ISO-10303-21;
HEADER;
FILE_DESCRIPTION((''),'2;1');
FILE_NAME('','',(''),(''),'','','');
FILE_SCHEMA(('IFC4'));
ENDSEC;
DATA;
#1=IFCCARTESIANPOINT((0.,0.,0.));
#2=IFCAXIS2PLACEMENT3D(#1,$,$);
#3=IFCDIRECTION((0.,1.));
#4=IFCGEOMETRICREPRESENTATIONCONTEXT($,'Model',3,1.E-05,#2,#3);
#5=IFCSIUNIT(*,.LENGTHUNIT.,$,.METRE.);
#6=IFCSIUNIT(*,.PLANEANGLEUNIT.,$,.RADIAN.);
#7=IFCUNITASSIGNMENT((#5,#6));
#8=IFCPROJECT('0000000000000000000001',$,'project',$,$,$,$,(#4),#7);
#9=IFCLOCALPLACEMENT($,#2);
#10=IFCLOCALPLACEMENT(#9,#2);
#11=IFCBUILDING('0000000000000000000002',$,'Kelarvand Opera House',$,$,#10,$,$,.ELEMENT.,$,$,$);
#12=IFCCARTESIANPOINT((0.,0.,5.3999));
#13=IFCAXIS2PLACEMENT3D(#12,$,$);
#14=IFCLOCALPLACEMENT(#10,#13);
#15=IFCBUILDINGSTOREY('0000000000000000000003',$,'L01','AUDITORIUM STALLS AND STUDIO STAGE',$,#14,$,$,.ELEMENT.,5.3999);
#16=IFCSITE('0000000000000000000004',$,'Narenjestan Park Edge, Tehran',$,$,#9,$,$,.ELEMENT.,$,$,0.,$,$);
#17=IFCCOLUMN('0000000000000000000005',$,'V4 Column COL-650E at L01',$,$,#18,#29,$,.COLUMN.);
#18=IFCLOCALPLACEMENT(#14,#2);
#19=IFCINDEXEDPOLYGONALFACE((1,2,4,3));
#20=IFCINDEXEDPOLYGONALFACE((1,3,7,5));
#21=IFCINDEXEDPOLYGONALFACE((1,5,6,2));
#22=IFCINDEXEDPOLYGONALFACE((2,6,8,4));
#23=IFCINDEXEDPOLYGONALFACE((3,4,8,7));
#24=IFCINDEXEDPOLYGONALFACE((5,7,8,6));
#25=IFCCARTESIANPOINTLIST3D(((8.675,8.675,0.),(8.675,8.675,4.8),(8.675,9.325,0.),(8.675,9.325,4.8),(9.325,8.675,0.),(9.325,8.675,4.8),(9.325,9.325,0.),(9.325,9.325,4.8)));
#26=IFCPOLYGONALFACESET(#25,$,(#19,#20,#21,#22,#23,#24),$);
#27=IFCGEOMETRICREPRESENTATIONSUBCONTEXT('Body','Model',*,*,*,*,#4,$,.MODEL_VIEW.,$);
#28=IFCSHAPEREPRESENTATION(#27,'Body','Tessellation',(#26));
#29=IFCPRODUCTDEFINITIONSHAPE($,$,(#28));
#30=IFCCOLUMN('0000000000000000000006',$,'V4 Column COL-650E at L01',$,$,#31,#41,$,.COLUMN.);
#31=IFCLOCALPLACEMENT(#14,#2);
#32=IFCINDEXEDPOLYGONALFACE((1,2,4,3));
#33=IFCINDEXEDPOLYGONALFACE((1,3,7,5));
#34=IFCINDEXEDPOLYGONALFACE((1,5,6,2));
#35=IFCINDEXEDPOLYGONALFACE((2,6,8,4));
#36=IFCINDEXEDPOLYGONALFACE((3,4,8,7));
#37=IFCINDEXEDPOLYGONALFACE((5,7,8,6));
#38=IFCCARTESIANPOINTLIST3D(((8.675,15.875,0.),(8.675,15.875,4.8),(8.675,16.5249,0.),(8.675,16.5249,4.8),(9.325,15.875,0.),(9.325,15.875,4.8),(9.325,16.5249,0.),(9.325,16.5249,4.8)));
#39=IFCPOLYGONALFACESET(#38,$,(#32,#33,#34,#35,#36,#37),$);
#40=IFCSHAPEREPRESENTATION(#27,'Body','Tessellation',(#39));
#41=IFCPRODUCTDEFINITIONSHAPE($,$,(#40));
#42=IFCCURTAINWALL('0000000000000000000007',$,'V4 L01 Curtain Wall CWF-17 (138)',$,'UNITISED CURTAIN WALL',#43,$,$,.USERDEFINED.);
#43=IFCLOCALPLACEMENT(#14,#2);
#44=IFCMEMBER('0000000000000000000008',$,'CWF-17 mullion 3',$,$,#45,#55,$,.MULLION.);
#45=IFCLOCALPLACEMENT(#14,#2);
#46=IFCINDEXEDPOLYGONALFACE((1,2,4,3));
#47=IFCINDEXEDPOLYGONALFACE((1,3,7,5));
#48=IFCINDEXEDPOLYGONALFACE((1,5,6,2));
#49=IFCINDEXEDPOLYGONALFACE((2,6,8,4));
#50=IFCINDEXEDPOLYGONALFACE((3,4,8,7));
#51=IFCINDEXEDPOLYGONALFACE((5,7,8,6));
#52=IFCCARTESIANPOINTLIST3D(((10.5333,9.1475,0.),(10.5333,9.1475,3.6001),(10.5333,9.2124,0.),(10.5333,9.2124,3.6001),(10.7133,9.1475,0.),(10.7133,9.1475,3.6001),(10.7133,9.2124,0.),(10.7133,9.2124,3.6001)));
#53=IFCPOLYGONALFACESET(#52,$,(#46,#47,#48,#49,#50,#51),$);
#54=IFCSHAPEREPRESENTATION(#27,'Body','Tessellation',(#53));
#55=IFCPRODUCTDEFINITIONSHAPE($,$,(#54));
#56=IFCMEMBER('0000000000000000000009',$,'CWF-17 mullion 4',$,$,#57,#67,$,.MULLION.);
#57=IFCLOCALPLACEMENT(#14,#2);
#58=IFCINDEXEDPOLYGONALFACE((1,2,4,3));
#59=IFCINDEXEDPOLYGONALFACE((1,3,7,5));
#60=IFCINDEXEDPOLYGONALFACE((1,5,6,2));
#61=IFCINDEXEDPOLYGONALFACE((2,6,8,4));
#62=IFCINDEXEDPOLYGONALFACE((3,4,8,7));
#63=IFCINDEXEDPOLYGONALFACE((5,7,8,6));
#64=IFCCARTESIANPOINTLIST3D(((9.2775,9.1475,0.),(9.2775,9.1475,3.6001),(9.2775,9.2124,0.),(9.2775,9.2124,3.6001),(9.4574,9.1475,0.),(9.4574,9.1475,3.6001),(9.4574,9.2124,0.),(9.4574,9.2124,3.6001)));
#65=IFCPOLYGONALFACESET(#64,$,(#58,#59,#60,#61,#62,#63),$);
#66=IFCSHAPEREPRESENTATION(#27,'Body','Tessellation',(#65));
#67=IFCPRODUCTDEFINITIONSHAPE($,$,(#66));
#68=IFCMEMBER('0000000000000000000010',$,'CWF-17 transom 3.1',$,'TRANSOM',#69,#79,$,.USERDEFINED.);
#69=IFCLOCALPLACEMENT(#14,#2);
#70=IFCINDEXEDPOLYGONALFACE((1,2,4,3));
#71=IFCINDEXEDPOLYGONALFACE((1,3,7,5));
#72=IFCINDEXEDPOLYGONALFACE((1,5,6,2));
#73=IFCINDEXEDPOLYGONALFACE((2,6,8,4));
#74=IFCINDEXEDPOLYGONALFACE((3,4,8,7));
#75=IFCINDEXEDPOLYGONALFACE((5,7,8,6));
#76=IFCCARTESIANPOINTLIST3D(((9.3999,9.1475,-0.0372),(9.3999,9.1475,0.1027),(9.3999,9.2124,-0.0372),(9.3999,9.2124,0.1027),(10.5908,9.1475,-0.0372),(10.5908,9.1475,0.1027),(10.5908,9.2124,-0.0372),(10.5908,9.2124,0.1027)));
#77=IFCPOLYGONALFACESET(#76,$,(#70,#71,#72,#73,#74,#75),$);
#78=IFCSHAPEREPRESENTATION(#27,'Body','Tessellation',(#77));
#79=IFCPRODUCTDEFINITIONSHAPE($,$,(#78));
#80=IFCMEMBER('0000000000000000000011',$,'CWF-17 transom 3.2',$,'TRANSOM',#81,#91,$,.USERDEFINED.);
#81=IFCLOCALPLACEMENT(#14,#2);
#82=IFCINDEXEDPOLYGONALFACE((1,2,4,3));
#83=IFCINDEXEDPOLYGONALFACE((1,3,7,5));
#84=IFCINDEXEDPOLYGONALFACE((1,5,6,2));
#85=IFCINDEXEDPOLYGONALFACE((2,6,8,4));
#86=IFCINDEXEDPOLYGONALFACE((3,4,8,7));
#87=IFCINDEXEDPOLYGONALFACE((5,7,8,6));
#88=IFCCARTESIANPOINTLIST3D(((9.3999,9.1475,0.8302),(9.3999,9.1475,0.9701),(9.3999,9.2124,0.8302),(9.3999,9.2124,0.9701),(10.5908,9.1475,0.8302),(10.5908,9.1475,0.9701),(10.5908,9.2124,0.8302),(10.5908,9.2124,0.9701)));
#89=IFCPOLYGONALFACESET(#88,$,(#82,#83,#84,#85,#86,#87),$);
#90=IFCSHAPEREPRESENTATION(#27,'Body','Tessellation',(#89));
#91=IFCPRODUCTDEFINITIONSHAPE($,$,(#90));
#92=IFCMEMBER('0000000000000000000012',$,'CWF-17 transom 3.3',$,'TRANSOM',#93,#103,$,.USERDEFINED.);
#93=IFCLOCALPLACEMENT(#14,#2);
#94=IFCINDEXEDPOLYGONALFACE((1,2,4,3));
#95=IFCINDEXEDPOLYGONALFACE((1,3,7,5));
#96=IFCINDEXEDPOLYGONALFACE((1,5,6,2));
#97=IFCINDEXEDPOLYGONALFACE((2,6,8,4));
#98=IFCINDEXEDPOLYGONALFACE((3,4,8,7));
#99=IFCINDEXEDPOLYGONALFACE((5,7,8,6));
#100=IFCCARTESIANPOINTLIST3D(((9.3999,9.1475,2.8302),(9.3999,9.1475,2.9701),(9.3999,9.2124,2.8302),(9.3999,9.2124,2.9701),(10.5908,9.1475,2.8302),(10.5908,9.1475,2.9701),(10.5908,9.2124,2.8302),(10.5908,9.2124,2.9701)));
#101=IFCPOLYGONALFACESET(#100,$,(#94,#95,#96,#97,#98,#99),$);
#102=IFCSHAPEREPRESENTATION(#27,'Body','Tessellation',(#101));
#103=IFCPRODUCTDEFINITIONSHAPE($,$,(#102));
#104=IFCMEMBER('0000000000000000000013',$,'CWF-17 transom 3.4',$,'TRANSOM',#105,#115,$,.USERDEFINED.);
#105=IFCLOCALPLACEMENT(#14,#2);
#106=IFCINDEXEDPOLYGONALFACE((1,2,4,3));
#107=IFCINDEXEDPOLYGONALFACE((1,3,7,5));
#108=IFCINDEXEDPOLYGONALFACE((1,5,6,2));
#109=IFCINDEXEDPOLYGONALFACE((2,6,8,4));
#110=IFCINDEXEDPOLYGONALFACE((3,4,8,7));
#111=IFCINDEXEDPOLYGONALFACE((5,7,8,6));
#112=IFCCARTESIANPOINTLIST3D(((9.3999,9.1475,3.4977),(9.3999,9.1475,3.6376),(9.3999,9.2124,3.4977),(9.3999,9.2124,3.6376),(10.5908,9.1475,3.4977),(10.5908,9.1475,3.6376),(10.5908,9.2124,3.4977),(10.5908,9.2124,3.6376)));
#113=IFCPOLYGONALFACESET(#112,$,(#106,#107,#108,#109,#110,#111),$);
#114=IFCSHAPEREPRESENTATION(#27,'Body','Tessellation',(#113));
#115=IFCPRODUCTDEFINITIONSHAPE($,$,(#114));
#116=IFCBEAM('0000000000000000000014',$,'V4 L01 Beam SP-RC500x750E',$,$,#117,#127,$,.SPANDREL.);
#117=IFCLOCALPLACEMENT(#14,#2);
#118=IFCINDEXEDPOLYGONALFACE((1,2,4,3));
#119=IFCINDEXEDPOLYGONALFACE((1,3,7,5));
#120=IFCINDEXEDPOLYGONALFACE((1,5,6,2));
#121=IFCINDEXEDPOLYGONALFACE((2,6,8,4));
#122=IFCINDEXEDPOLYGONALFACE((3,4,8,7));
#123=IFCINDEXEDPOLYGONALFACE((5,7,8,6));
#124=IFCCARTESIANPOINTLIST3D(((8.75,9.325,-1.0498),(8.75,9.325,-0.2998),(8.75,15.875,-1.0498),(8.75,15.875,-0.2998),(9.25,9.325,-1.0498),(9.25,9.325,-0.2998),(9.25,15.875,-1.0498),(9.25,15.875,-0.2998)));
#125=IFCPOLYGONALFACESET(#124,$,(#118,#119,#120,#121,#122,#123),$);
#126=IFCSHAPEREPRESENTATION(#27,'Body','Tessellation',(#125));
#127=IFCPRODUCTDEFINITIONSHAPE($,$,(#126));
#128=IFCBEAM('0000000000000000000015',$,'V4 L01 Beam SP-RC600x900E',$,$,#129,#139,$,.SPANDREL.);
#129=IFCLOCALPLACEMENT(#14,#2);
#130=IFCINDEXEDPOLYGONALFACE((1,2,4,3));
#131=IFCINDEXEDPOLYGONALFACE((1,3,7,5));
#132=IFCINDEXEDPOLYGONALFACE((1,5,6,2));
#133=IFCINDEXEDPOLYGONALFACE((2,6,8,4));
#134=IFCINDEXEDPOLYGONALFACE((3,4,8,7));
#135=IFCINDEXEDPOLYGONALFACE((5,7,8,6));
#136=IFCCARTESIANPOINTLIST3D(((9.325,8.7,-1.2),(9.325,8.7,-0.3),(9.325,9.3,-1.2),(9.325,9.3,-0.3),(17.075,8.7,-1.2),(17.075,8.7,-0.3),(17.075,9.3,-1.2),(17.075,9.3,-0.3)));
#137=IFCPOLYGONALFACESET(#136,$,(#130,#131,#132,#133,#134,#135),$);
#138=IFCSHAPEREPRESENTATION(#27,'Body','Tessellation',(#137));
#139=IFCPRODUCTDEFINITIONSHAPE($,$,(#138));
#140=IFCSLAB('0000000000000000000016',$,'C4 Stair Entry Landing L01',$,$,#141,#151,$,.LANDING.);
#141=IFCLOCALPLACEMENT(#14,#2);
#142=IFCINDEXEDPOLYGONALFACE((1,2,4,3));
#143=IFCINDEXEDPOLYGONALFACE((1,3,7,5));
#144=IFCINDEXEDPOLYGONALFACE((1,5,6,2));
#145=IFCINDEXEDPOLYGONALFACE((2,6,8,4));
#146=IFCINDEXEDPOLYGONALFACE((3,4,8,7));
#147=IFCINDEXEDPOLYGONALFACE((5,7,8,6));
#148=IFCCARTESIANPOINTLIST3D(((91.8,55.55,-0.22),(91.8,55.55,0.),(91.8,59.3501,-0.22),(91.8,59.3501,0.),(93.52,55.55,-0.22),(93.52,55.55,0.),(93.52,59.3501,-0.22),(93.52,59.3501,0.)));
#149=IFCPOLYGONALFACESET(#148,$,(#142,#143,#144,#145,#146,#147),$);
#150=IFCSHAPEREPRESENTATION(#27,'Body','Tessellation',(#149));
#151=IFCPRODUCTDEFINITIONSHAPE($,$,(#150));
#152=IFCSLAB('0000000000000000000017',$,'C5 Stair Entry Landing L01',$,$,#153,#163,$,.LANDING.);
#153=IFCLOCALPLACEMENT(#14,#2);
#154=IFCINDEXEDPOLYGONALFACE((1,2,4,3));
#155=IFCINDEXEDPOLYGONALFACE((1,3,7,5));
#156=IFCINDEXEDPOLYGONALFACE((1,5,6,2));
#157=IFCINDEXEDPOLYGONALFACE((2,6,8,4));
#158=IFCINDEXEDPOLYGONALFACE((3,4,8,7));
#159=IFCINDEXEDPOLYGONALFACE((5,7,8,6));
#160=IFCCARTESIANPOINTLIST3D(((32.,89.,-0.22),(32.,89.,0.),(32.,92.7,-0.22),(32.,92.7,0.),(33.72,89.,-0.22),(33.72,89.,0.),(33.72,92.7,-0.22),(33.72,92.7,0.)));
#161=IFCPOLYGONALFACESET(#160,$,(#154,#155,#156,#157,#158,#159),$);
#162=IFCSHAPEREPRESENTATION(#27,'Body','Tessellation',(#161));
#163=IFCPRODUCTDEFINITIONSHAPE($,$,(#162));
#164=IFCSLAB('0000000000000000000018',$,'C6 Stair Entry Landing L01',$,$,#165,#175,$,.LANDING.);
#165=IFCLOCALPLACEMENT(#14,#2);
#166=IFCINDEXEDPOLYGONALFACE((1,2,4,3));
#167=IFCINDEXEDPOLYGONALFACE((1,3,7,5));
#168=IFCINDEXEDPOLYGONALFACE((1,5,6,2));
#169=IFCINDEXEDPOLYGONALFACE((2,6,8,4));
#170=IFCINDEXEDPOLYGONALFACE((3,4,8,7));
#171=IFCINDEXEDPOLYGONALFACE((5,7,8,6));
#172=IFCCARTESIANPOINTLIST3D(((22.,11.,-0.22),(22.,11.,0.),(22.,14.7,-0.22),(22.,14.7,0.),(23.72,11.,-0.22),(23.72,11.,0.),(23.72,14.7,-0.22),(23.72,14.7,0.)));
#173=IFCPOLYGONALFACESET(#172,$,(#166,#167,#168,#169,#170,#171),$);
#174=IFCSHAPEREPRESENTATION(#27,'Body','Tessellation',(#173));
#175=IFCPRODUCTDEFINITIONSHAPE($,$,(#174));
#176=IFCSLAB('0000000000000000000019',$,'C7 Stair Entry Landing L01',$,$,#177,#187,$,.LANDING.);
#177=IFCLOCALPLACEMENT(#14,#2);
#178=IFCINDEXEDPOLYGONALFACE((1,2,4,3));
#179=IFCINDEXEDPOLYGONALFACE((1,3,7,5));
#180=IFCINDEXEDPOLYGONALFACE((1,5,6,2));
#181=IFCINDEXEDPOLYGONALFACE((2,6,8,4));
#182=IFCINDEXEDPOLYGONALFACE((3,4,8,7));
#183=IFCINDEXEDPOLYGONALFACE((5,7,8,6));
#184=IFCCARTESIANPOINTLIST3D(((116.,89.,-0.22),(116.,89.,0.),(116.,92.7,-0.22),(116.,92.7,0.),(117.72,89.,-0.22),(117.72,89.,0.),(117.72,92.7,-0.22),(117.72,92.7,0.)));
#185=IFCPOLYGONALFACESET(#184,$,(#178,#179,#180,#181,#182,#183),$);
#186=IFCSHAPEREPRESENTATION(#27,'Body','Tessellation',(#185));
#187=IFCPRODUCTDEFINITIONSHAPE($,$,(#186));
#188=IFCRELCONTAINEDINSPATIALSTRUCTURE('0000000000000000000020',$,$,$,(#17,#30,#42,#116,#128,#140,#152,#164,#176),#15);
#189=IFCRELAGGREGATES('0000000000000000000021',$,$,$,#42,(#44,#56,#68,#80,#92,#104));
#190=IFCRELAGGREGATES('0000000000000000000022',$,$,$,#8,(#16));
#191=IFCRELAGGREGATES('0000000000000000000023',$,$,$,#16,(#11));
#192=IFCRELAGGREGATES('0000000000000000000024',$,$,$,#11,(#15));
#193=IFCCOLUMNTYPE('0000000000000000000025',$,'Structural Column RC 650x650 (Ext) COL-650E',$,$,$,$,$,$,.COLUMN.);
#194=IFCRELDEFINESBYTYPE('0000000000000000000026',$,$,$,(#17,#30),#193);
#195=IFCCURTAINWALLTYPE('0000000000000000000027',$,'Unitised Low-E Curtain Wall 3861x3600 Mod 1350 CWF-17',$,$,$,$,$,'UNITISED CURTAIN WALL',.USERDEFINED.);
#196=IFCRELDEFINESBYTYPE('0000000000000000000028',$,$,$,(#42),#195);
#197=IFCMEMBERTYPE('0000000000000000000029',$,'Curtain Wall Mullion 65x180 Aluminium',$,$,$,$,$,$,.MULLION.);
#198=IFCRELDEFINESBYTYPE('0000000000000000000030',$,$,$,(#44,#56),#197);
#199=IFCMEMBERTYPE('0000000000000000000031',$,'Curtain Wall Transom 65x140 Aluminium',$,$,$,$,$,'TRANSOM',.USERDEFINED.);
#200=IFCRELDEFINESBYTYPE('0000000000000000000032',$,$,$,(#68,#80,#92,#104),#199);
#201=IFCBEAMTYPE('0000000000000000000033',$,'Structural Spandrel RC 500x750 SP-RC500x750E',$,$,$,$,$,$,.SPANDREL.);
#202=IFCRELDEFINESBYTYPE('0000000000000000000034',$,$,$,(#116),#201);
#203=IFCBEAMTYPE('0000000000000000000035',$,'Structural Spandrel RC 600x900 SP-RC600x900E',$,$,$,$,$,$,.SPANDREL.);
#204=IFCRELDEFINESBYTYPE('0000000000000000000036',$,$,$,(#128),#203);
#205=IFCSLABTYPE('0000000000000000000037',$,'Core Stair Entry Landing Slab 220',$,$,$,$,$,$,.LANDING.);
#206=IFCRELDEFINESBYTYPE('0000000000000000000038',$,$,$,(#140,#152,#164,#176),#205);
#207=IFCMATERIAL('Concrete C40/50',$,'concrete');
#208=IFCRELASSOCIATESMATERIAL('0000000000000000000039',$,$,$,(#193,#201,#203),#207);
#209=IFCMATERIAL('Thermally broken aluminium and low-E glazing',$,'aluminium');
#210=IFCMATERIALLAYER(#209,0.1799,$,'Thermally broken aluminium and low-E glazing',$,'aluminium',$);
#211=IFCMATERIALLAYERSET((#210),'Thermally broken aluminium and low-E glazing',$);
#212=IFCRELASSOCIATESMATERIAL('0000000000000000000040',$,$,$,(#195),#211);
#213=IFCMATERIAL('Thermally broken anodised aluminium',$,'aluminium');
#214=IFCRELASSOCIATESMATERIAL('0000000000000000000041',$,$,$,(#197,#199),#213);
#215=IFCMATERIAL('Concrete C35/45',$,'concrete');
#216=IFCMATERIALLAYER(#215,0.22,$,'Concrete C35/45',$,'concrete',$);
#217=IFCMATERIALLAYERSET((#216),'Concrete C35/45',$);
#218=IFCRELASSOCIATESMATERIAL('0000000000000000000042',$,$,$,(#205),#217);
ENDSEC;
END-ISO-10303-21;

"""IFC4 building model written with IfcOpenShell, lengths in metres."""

from ifc_helpers import new_model, si_unit, direction, frame, origin, origin_2d, place, context, subcontext, project, spatial, polyline, rectangle, outline, extrude, material, layer, layer_set, material_profile, profile_set, type_object, element, aggregate, save


model = new_model("IFC4")

# Units and contexts
model_context = context("Model", 3, precision=1e-05, world=origin(), true_north=direction((0.0, 1.0)))
body_context = subcontext(model_context, "Body", "Model", "MODEL_VIEW")
ifc_project = project(units=[si_unit("LENGTHUNIT", "METRE"), si_unit("PLANEANGLEUNIT", "RADIAN")], contexts=[model_context])

# Site, building, storey
site_placement = place(None, origin())
site = spatial("IfcSite", under=ifc_project, at=site_placement, Name="Narenjestan Park Edge, Tehran", CompositionType="ELEMENT", RefElevation=0.0)
building_placement = place(site_placement, origin())
building = spatial("IfcBuilding", under=site, at=building_placement, Name="Kelarvand Opera House", CompositionType="ELEMENT")
storey_placement = place(building_placement, frame((0.0, 0.0, 5.3999)))
storey = spatial("IfcBuildingStorey", under=building, at=storey_placement, Name="L01", Description="AUDITORIUM STALLS AND STUDIO STAGE", CompositionType="ELEMENT", Elevation=5.3999)

# Columns
ifc_material_1 = material(Name="Concrete C40/50", Category="concrete")
ifc_material_profile_1 = material_profile(ifc_material_1, rectangle(XDim=0.6499, YDim=0.6499, at=origin_2d()), Name="RC 650x650", Category="concrete")
ifc_profile_set_1 = profile_set([ifc_material_profile_1], Name="Concrete C40/50")
column_type = type_object("IfcColumnType", Name="Structural Column RC 650x650 (Ext) COL-650E", PredefinedType="COLUMN", material=ifc_profile_set_1)
for number, where, z_axis, x_axis, name in (
    (1, (9.0, 9.0, 0.0), (0.0, 0.0, 1.0), (1.0, 0.0, 0.0), "V4 Column COL-650E at L01"),
    (2, (9.0, 16.2, 0.0), (0.0, 0.0, 1.0), (1.0, 0.0, 0.0), "V4 Column COL-650E at L01"),
):
    element("IfcColumn", number, at=place(storey_placement, frame(where, z_axis=z_axis, x_axis=x_axis)), inside=storey, type_object=column_type, Name=name, PredefinedType="COLUMN", context=body_context, shape_type="SweptSolid", body=[
        extrude(rectangle(XDim=0.6499, YDim=0.6499, at=origin_2d()), origin(), (0.0, 0.0, 1.0), 4.8),
    ])

# Curtain wall, members
ifc_material_2 = material(Name="Thermally broken aluminium and low-E glazing", Category="aluminium")
ifc_layer_1 = layer(ifc_material_2, 0.1799, Name="Thermally broken aluminium and low-E glazing", Category="aluminium")
ifc_layer_set_1 = layer_set([ifc_layer_1], Name="Thermally broken aluminium and low-E glazing")
curtain_wall_type = type_object("IfcCurtainWallType", Name="Unitised Low-E Curtain Wall 3861x3600 Mod 1350 CWF-17", ElementType="UNITISED CURTAIN WALL", PredefinedType="USERDEFINED", material=ifc_layer_set_1)
curtain_wall_placement = place(storey_placement, origin())
curtain_wall = element("IfcCurtainWall", 3, at=curtain_wall_placement, inside=storey, type_object=curtain_wall_type, Name="V4 L01 Curtain Wall CWF-17 (138)", ObjectType="UNITISED CURTAIN WALL", PredefinedType="USERDEFINED")
ifc_material_3 = material(Name="Thermally broken anodised aluminium", Category="aluminium")
ifc_material_profile_2 = material_profile(ifc_material_3, rectangle(XDim=0.0649, YDim=0.1799, at=origin_2d()), Name="ALU MULLION 65x180", Category="aluminium")
ifc_profile_set_2 = profile_set([ifc_material_profile_2], Name="Thermally broken anodised aluminium")
member_type_1 = type_object("IfcMemberType", Name="Curtain Wall Mullion 65x180 Aluminium", PredefinedType="MULLION", material=ifc_profile_set_2)
member_1_placement = place(storey_placement, frame((10.6233, 9.1799, 0.0), z_axis=(0.0, 0.0, 1.0), x_axis=(0.0, -1.0, 0.0)))
member_1 = element("IfcMember", 4, at=member_1_placement, type_object=member_type_1, Name="CWF-17 mullion 3", PredefinedType="MULLION", context=body_context, shape_type="SweptSolid", body=[
    extrude(rectangle(XDim=0.0649, YDim=0.1799, at=origin_2d()), origin(), (0.0, 0.0, 1.0), 3.6001),
])
member_2_placement = place(storey_placement, frame((9.3674, 9.1799, 0.0), z_axis=(0.0, 0.0, 1.0), x_axis=(0.0, -1.0, 0.0)))
member_2 = element("IfcMember", 5, at=member_2_placement, type_object=member_type_1, Name="CWF-17 mullion 4", PredefinedType="MULLION", context=body_context, shape_type="SweptSolid", body=[
    extrude(rectangle(XDim=0.0649, YDim=0.1799, at=origin_2d()), origin(), (0.0, 0.0, 1.0), 3.6001),
])
ifc_material_profile_3 = material_profile(ifc_material_3, rectangle(XDim=0.0649, YDim=0.1399, at=origin_2d()), Name="ALU TRANSOM 65x140", Category="aluminium")
ifc_profile_set_3 = profile_set([ifc_material_profile_3], Name="Thermally broken anodised aluminium")
member_type_2 = type_object("IfcMemberType", Name="Curtain Wall Transom 65x140 Aluminium", ElementType="TRANSOM", PredefinedType="USERDEFINED", material=ifc_profile_set_3)
member_3_placement = place(storey_placement, frame((10.5908, 9.1799, 0.0327), z_axis=(-1.0, 0.0, 0.0), x_axis=(0.0, -1.0, 0.0)))
member_3 = element("IfcMember", 6, at=member_3_placement, type_object=member_type_2, Name="CWF-17 transom 3.1", ObjectType="TRANSOM", PredefinedType="USERDEFINED", context=body_context, shape_type="SweptSolid", body=[
    extrude(rectangle(XDim=0.0649, YDim=0.1399, at=origin_2d()), origin(), (0.0, 0.0, 1.0), 1.1909),
])
member_4_placement = place(storey_placement, frame((10.5908, 9.1799, 0.9001), z_axis=(-1.0, 0.0, 0.0), x_axis=(0.0, -1.0, 0.0)))
member_4 = element("IfcMember", 7, at=member_4_placement, type_object=member_type_2, Name="CWF-17 transom 3.2", ObjectType="TRANSOM", PredefinedType="USERDEFINED", context=body_context, shape_type="SweptSolid", body=[
    extrude(rectangle(XDim=0.0649, YDim=0.1399, at=origin_2d()), origin(), (0.0, 0.0, 1.0), 1.1909),
])
member_5_placement = place(storey_placement, frame((10.5908, 9.1799, 2.9001), z_axis=(-1.0, 0.0, 0.0), x_axis=(0.0, -1.0, 0.0)))
member_5 = element("IfcMember", 8, at=member_5_placement, type_object=member_type_2, Name="CWF-17 transom 3.3", ObjectType="TRANSOM", PredefinedType="USERDEFINED", context=body_context, shape_type="SweptSolid", body=[
    extrude(rectangle(XDim=0.0649, YDim=0.1399, at=origin_2d()), origin(), (0.0, 0.0, 1.0), 1.1909),
])
member_6_placement = place(storey_placement, frame((10.5908, 9.1799, 3.5676), z_axis=(-1.0, 0.0, 0.0), x_axis=(0.0, -1.0, 0.0)))
member_6 = element("IfcMember", 9, at=member_6_placement, type_object=member_type_2, Name="CWF-17 transom 3.4", ObjectType="TRANSOM", PredefinedType="USERDEFINED", context=body_context, shape_type="SweptSolid", body=[
    extrude(rectangle(XDim=0.0649, YDim=0.1399, at=origin_2d()), origin(), (0.0, 0.0, 1.0), 1.1909),
])

# Beams
ifc_material_profile_4 = material_profile(ifc_material_1, rectangle(XDim=0.5, YDim=0.75, at=origin_2d()), Name="RC 500x750", Category="concrete")
ifc_profile_set_4 = profile_set([ifc_material_profile_4], Name="Concrete C40/50")
beam_type_1 = type_object("IfcBeamType", Name="Structural Spandrel RC 500x750 SP-RC500x750E", PredefinedType="SPANDREL", material=ifc_profile_set_4)
beam_1_placement = place(storey_placement, frame((9.0, 9.325, -0.6748), z_axis=(0.0, 1.0, 0.0), x_axis=(-1.0, 0.0, 0.0)))
element("IfcBeam", 10, at=beam_1_placement, inside=storey, type_object=beam_type_1, Name="V4 L01 Beam SP-RC500x750E", PredefinedType="SPANDREL", context=body_context, shape_type="SweptSolid", body=[
    extrude(rectangle(XDim=0.5, YDim=0.75, at=origin_2d()), origin(), (0.0, 0.0, 1.0), 6.55),
])
ifc_material_profile_5 = material_profile(ifc_material_1, rectangle(XDim=0.6001, YDim=0.8999, at=origin_2d()), Name="RC 600x900", Category="concrete")
ifc_profile_set_5 = profile_set([ifc_material_profile_5], Name="Concrete C40/50")
beam_type_2 = type_object("IfcBeamType", Name="Structural Spandrel RC 600x900 SP-RC600x900E", PredefinedType="SPANDREL", material=ifc_profile_set_5)
beam_2_placement = place(storey_placement, frame((9.325, 9.0, -0.75), z_axis=(1.0, 0.0, 0.0), x_axis=(0.0, 1.0, 0.0)))
element("IfcBeam", 11, at=beam_2_placement, inside=storey, type_object=beam_type_2, Name="V4 L01 Beam SP-RC600x900E", PredefinedType="SPANDREL", context=body_context, shape_type="SweptSolid", body=[
    extrude(rectangle(XDim=0.6001, YDim=0.8999, at=origin_2d()), origin(), (0.0, 0.0, 1.0), 7.75),
])

# Slabs
ifc_material_4 = material(Name="Concrete C35/45", Category="concrete")
ifc_layer_2 = layer(ifc_material_4, 0.22, Name="Concrete C35/45", Category="concrete")
ifc_layer_set_2 = layer_set([ifc_layer_2], Name="Concrete C35/45")
slab_type_1 = type_object("IfcSlabType", Name="Core Stair Entry Landing Slab 220", PredefinedType="LANDING", material=ifc_layer_set_2)
slab_1_placement = place(storey_placement, frame((0.0, 0.0, -0.22)))
element("IfcSlab", 12, at=slab_1_placement, inside=storey, type_object=slab_type_1, Name="C4 Stair Entry Landing L01", PredefinedType="LANDING", context=body_context, shape_type="SweptSolid", body=[
    extrude(outline(polyline([(91.8, 55.55), (93.52, 55.55), (93.52, 59.3501), (91.8, 59.3501), (91.8, 55.55)])), origin(), (0.0, 0.0, 1.0), 0.22),
])
slab_2_placement = place(storey_placement, frame((0.0, 0.0, -0.22)))
element("IfcSlab", 13, at=slab_2_placement, inside=storey, type_object=slab_type_1, Name="C5 Stair Entry Landing L01", PredefinedType="LANDING", context=body_context, shape_type="SweptSolid", body=[
    extrude(outline(polyline([(32.0, 89.0), (33.72, 89.0), (33.72, 92.7), (32.0, 92.7), (32.0, 89.0)])), origin(), (0.0, 0.0, 1.0), 0.22),
])
slab_3_placement = place(storey_placement, frame((0.0, 0.0, -0.22)))
element("IfcSlab", 14, at=slab_3_placement, inside=storey, type_object=slab_type_1, Name="C6 Stair Entry Landing L01", PredefinedType="LANDING", context=body_context, shape_type="SweptSolid", body=[
    extrude(outline(polyline([(22.0, 11.0), (23.72, 11.0), (23.72, 14.7), (22.0, 14.7), (22.0, 11.0)])), origin(), (0.0, 0.0, 1.0), 0.22),
])
slab_4_placement = place(storey_placement, frame((0.0, 0.0, -0.22)))
element("IfcSlab", 15, at=slab_4_placement, inside=storey, type_object=slab_type_1, Name="C7 Stair Entry Landing L01", PredefinedType="LANDING", context=body_context, shape_type="SweptSolid", body=[
    extrude(outline(polyline([(116.0, 89.0), (117.72, 89.0), (117.72, 92.7), (116.0, 92.7), (116.0, 89.0)])), origin(), (0.0, 0.0, 1.0), 0.22),
])

aggregate(curtain_wall, [member_1, member_2, member_3, member_4, member_5, member_6])

save(model, "model.ifc")
